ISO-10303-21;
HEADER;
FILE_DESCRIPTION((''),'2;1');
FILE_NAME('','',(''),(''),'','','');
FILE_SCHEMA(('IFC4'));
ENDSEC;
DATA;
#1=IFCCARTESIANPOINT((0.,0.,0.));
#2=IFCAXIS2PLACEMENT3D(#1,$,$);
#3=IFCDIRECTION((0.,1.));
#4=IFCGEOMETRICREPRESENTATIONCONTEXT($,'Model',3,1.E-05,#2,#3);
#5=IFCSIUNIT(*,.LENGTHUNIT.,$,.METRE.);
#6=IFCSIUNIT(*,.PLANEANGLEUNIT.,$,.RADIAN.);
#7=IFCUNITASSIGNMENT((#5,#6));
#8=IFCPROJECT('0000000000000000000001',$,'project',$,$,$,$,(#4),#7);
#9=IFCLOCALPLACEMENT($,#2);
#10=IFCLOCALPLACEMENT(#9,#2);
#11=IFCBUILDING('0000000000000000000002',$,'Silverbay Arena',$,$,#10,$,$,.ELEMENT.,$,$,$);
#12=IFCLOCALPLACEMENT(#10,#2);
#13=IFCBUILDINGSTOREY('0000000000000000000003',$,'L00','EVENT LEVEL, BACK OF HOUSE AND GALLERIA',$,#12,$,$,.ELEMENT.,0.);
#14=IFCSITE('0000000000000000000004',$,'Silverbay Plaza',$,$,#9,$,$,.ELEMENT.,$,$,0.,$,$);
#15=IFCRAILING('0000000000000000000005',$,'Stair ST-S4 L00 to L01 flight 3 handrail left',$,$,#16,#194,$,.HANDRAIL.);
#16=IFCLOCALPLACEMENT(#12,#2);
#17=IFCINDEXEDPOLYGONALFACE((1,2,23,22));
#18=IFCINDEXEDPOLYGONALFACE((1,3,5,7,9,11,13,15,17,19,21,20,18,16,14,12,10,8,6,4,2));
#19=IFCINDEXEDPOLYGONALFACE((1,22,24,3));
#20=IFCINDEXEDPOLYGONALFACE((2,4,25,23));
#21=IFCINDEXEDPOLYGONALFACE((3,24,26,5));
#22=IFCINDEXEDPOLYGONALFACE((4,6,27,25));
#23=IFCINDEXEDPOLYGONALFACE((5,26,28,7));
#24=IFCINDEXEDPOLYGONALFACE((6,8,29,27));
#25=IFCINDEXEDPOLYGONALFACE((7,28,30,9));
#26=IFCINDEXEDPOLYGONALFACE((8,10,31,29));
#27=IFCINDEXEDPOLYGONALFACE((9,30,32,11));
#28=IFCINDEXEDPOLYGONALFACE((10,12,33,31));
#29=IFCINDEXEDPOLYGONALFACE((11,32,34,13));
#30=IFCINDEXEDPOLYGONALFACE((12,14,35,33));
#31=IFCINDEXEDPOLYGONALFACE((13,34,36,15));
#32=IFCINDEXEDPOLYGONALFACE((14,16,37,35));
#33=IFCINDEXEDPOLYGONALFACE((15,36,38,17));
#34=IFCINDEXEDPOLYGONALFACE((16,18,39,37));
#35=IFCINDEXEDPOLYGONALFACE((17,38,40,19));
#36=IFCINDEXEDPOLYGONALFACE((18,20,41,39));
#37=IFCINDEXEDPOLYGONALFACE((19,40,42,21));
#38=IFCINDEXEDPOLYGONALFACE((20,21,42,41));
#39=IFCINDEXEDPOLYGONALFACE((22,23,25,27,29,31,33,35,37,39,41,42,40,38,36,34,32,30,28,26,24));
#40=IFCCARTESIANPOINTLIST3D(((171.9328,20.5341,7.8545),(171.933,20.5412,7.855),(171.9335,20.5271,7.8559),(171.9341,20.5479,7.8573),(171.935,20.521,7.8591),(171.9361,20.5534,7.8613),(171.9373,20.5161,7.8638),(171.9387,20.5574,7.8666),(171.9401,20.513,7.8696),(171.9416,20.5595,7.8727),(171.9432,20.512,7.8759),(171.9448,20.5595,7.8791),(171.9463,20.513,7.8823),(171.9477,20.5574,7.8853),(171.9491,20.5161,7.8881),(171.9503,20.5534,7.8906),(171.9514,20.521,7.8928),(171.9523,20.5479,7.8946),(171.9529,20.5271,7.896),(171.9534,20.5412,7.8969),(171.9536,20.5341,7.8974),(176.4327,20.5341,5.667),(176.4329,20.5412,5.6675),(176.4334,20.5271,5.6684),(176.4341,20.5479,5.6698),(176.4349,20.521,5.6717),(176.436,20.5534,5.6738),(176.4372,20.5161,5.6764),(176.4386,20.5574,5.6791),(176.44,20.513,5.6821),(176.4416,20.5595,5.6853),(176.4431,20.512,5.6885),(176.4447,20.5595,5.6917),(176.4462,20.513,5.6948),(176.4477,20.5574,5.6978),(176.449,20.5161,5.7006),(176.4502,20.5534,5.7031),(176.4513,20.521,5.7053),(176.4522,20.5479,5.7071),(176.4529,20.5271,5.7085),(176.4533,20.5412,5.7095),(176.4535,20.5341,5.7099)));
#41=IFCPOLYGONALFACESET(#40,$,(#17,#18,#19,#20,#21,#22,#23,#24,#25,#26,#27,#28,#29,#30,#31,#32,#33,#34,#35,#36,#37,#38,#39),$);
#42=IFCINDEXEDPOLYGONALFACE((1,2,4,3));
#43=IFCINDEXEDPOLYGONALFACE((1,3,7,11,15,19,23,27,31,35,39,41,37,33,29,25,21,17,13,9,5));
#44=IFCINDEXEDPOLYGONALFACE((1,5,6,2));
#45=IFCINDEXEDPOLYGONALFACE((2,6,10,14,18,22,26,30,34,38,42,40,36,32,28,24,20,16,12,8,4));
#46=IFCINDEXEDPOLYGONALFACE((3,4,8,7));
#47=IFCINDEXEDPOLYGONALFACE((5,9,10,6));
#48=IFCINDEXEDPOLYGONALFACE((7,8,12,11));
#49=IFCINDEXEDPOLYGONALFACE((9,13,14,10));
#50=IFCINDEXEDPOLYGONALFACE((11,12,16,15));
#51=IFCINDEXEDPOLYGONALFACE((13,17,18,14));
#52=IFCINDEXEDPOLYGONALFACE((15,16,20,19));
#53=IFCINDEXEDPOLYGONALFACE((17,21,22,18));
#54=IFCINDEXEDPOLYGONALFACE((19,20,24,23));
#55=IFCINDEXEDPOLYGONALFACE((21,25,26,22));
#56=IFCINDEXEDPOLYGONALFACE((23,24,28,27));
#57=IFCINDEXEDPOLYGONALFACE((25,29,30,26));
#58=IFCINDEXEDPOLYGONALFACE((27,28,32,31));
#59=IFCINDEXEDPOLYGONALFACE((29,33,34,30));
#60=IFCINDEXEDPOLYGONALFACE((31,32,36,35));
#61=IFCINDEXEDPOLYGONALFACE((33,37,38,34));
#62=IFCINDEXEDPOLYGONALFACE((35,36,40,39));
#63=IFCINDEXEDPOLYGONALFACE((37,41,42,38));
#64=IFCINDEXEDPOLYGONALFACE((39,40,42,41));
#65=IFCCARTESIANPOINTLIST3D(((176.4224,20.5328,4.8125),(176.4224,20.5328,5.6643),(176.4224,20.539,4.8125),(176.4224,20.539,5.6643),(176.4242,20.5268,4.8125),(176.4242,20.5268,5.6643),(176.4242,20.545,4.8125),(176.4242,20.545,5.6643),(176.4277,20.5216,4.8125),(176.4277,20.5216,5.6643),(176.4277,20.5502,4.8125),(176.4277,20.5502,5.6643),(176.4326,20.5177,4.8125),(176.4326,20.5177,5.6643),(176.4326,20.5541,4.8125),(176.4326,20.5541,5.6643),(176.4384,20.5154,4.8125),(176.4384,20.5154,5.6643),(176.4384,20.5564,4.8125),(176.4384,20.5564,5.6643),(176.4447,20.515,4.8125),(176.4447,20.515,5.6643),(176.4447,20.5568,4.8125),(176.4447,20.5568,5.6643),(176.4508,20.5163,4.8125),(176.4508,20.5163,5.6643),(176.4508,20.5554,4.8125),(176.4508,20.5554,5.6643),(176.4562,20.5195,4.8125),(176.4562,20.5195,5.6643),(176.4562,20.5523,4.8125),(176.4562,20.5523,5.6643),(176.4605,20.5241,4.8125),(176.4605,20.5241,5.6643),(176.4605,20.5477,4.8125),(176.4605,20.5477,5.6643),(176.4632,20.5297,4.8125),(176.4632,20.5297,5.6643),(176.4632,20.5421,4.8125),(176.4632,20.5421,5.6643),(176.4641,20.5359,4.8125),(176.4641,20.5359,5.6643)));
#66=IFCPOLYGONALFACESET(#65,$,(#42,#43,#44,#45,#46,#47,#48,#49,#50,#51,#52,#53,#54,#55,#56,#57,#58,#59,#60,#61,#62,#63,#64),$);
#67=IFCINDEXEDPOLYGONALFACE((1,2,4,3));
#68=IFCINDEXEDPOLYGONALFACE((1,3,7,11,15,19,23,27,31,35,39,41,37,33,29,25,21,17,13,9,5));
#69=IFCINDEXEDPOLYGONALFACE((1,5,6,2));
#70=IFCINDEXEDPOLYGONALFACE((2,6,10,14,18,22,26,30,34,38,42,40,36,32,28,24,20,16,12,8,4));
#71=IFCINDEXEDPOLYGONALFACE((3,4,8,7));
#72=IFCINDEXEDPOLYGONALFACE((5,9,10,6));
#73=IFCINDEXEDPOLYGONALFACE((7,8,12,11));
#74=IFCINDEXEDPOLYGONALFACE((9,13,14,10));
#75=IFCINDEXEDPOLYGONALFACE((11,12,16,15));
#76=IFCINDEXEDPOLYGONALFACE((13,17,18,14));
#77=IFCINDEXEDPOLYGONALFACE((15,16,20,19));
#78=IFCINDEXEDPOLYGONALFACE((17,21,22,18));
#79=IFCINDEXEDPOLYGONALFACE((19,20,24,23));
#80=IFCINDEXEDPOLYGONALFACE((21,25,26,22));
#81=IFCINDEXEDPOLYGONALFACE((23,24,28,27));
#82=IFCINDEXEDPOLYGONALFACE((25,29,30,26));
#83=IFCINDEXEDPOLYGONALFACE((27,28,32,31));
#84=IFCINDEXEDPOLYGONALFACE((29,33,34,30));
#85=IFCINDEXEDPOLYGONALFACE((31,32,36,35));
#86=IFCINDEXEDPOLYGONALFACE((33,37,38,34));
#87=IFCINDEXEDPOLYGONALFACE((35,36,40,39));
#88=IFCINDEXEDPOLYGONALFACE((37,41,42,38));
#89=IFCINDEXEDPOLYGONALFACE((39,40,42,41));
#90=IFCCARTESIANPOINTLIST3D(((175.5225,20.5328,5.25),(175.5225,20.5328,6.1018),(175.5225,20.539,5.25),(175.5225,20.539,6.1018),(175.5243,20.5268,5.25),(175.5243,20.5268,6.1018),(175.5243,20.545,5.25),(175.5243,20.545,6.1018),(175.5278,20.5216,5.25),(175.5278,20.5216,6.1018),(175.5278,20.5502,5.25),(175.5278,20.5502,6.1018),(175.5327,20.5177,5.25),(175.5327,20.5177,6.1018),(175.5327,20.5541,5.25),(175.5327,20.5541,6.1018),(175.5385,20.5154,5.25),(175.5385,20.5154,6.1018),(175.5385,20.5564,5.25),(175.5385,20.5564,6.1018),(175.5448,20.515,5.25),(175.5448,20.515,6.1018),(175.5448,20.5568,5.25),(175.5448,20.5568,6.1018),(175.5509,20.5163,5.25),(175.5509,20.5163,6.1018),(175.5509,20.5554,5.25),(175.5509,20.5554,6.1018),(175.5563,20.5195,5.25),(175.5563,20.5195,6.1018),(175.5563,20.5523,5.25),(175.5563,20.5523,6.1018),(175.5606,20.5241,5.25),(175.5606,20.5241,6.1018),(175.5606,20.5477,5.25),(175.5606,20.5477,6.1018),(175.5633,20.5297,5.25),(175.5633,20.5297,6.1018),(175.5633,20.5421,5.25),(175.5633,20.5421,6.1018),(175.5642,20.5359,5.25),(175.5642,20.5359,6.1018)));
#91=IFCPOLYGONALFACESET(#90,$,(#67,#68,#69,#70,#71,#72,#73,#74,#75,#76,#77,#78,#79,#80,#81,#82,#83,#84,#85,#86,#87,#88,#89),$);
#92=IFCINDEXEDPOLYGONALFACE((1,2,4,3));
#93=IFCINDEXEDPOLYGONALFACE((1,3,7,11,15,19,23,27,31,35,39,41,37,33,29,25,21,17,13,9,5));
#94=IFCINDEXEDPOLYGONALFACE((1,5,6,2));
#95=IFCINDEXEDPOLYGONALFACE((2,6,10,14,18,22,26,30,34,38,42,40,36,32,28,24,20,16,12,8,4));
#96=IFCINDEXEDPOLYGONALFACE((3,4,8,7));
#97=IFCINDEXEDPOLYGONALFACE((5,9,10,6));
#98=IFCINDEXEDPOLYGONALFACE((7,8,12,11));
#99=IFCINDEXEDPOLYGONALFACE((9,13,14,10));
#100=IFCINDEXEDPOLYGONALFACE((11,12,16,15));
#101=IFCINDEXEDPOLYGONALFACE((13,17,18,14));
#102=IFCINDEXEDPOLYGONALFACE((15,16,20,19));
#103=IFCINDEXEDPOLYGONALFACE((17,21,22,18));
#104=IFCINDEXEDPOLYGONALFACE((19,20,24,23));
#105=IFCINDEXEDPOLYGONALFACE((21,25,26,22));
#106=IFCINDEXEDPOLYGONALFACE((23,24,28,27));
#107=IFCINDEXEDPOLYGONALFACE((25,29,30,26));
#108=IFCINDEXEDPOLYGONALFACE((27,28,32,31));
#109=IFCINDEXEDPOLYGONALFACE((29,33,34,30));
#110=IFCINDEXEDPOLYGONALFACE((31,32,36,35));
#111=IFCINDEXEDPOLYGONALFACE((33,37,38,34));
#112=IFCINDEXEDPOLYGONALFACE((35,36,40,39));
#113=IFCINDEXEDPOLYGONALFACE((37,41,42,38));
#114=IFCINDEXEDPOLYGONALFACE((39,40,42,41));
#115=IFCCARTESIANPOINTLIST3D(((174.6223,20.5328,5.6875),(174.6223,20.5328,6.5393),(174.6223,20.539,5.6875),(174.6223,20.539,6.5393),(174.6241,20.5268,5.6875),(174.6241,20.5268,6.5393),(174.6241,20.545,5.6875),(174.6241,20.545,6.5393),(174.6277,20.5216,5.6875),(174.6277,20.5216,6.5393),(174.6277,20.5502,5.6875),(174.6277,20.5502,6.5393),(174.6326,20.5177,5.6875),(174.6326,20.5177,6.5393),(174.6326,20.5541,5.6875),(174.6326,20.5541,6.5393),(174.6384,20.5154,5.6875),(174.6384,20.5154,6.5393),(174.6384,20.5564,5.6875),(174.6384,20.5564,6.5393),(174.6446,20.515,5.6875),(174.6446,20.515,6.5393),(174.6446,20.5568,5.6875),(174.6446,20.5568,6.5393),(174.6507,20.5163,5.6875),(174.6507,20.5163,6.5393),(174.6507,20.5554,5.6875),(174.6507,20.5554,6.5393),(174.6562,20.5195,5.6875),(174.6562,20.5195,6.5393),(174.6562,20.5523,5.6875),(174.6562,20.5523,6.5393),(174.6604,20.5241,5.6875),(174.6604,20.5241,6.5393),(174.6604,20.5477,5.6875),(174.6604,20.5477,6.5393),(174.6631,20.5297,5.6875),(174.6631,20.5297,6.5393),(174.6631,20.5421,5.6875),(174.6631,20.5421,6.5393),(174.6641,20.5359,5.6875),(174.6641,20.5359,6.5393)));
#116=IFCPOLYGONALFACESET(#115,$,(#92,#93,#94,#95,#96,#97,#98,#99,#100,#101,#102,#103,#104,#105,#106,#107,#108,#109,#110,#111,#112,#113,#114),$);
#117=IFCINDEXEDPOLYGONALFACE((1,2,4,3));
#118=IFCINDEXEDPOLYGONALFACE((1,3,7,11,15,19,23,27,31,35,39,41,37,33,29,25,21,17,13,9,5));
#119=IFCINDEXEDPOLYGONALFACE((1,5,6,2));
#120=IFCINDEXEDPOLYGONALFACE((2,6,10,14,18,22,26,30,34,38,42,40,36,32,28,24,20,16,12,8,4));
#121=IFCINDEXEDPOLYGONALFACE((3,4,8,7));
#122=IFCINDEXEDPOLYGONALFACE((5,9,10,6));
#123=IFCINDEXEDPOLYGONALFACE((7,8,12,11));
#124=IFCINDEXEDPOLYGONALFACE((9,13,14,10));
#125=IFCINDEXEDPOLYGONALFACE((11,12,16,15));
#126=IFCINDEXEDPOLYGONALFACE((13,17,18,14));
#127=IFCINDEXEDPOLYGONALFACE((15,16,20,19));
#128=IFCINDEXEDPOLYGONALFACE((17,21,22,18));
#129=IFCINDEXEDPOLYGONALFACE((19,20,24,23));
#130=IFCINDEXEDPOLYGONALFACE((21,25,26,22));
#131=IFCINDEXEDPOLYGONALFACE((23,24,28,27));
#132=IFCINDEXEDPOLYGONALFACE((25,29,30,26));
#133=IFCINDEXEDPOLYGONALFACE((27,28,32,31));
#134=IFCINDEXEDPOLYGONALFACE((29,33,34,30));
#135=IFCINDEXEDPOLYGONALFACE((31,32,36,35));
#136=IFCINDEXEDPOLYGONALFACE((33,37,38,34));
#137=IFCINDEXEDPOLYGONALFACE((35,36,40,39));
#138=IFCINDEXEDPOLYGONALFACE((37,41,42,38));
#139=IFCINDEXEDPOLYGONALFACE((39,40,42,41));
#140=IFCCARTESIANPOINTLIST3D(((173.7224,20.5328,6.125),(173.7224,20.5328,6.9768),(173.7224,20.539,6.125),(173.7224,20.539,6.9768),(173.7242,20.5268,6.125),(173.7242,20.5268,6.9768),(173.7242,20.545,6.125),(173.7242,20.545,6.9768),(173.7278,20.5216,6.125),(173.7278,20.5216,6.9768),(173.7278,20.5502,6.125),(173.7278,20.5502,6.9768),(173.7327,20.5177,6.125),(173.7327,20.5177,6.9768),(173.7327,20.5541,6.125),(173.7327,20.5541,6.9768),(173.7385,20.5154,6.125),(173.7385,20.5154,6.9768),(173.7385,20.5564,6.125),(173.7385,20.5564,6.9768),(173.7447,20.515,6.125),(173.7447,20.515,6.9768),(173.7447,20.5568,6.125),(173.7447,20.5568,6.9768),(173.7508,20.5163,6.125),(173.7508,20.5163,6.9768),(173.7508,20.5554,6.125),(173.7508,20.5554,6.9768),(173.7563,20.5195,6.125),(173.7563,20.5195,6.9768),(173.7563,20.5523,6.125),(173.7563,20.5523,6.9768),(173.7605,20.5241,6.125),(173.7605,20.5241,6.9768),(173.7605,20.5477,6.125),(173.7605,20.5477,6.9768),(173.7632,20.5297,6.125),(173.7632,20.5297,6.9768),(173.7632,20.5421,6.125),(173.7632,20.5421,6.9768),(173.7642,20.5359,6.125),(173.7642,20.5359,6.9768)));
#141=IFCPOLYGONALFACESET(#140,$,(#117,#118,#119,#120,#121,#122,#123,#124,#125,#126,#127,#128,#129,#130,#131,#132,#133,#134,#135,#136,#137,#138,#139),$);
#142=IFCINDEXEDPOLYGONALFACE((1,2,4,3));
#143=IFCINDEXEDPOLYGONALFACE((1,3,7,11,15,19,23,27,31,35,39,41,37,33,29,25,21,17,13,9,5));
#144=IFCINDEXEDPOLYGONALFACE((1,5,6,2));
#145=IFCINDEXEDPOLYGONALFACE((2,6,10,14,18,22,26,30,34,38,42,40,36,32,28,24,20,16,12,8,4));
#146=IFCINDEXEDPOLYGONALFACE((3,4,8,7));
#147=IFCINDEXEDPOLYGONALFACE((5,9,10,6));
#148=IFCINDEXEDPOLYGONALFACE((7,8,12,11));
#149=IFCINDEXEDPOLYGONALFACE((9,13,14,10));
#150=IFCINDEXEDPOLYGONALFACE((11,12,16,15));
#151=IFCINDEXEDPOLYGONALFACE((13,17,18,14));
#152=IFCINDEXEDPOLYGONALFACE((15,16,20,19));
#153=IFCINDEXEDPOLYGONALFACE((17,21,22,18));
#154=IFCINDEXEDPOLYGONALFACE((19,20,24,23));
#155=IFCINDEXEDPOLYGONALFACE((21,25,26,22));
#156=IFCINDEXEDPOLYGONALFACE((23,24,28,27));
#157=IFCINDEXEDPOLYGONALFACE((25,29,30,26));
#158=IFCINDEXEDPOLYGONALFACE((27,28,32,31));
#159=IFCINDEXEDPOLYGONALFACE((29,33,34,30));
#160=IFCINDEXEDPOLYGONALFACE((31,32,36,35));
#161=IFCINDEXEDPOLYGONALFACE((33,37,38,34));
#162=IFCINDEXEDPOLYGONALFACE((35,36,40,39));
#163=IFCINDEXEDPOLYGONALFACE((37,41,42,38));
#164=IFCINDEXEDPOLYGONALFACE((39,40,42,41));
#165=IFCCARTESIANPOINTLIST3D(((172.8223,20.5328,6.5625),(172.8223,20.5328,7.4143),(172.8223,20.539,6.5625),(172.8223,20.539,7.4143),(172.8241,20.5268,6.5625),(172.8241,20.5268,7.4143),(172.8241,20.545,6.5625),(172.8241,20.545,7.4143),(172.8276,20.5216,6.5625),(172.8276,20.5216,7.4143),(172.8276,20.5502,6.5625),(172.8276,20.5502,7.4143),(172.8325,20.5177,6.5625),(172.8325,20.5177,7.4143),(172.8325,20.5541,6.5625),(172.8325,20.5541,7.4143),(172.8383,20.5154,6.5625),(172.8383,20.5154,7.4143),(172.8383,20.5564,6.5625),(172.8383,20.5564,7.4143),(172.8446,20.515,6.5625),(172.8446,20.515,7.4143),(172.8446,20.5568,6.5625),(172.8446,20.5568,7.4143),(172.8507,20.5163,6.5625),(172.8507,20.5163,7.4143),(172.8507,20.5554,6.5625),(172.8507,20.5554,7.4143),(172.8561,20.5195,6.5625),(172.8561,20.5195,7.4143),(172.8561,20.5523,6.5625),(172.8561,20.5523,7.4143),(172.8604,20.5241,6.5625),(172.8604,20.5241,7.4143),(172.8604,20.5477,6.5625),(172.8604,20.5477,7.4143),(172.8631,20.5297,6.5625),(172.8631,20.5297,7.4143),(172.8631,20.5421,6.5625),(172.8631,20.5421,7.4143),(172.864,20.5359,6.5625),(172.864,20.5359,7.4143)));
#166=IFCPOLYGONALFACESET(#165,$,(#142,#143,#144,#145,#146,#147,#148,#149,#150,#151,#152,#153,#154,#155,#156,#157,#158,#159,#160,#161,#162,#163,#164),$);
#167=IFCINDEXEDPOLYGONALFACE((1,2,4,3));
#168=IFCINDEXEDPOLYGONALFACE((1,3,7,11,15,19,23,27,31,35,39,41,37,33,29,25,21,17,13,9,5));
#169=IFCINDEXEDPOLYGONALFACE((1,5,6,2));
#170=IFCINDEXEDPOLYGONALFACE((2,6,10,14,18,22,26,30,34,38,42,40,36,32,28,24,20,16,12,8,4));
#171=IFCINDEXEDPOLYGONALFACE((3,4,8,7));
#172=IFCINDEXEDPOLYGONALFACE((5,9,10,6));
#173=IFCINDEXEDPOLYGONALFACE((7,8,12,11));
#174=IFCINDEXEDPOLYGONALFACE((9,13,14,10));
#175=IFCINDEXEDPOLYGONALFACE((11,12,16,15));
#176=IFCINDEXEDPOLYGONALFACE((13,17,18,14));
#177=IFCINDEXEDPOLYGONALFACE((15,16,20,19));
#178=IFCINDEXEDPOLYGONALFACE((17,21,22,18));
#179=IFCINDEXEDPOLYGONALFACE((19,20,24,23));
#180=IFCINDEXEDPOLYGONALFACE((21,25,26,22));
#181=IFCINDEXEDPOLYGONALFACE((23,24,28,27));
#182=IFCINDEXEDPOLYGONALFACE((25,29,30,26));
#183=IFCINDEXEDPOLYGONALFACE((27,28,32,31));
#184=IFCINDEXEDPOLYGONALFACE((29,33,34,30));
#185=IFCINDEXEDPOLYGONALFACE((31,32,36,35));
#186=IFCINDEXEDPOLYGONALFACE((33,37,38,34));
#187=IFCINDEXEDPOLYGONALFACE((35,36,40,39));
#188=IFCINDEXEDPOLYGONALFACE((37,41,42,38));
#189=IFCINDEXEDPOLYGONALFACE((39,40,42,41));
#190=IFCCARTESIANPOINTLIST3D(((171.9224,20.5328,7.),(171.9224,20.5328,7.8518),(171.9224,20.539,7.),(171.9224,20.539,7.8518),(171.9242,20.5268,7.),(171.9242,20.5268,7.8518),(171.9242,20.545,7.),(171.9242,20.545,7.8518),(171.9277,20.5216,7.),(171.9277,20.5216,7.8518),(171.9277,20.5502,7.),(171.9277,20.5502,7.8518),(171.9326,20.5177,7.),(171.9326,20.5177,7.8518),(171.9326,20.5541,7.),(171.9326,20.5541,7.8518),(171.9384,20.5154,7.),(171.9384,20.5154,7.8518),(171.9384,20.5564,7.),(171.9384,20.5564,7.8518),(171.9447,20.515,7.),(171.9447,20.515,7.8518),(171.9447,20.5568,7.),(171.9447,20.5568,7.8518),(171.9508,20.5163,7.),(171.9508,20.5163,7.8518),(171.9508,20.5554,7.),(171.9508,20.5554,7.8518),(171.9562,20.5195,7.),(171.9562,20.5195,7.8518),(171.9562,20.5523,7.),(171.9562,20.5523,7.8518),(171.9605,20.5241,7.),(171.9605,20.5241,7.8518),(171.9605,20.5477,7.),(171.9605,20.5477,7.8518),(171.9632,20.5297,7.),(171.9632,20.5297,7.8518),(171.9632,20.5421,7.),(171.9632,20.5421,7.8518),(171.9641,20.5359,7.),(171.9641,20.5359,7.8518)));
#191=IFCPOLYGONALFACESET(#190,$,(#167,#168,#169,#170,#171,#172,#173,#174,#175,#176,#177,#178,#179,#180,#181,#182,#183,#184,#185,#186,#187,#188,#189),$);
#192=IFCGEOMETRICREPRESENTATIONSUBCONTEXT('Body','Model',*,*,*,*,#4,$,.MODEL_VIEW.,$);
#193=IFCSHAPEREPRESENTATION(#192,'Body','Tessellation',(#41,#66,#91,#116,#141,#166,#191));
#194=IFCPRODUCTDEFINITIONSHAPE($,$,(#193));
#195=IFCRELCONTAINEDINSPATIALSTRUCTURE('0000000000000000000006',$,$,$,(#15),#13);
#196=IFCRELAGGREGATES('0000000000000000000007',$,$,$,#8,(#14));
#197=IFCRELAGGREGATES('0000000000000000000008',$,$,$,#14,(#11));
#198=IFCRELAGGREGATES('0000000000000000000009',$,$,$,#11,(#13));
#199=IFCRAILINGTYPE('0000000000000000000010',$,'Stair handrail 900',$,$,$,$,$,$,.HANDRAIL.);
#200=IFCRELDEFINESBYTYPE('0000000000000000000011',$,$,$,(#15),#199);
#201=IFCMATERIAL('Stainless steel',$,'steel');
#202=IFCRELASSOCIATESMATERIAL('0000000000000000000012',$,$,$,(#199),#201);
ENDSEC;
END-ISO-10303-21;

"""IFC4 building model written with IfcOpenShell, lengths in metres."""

from ifc_helpers import new_model, si_unit, direction, frame, origin, origin_2d, place, context, subcontext, project, spatial, circle, extrude, material, type_object, element, save


model = new_model("IFC4")

# Units and contexts
model_context = context("Model", 3, precision=1e-05, world=origin(), true_north=direction((0.0, 1.0)))
body_context = subcontext(model_context, "Body", "Model", "MODEL_VIEW")
ifc_project = project(units=[si_unit("LENGTHUNIT", "METRE"), si_unit("PLANEANGLEUNIT", "RADIAN")], contexts=[model_context])

# Site, building, storey
site_placement = place(None, origin())
site = spatial("IfcSite", under=ifc_project, at=site_placement, Name="Silverbay Plaza", CompositionType="ELEMENT", RefElevation=0.0)
building_placement = place(site_placement, origin())
building = spatial("IfcBuilding", under=site, at=building_placement, Name="Silverbay Arena", CompositionType="ELEMENT")
storey_placement = place(building_placement, origin())
storey = spatial("IfcBuildingStorey", under=building, at=storey_placement, Name="L00", Description="EVENT LEVEL, BACK OF HOUSE AND GALLERIA", CompositionType="ELEMENT", Elevation=0.0)

# Railing
ifc_material_1 = material(Name="Stainless steel", Category="steel")
railing_type_1 = type_object("IfcRailingType", Name="Stair handrail 900", PredefinedType="HANDRAIL", material=ifc_material_1)
for number, where, name in (
    (1, (176.4431, 20.5359, 4.8125), "Stair ST-S4 L00 to L01 flight 3 handrail left"),
):
    element("IfcRailing", number, at=place(storey_placement, frame(where)), inside=storey, type_object=railing_type_1, Name=name, PredefinedType="HANDRAIL", context=body_context, shape_type="SweptSolid", body=[
        extrude(circle(Radius=0.0239, at=origin_2d()), frame((0.0, 0.0, 0.876), z_axis=(-0.899368, 0.0, 0.437193), x_axis=(0.0, -1.0, 0.0)), (0.0, 0.0, 1.0), 5.0034),
        extrude(circle(Radius=0.021, at=origin_2d()), origin(), (0.0, 0.0, 1.0), 0.8518),
        extrude(circle(Radius=0.021, at=origin_2d()), frame((-0.8999, 0.0, 0.4375)), (0.0, 0.0, 1.0), 0.8518),
        extrude(circle(Radius=0.021, at=origin_2d()), frame((-1.8, 0.0, 0.875)), (0.0, 0.0, 1.0), 0.8518),
        extrude(circle(Radius=0.021, at=origin_2d()), frame((-2.7, 0.0, 1.3125)), (0.0, 0.0, 1.0), 0.8518),
        extrude(circle(Radius=0.021, at=origin_2d()), frame((-3.6001, 0.0, 1.75)), (0.0, 0.0, 1.0), 0.8518),
        extrude(circle(Radius=0.021, at=origin_2d()), frame((-4.5, 0.0, 2.1875)), (0.0, 0.0, 1.0), 0.8518),
    ])

save(model, "model.ifc")
